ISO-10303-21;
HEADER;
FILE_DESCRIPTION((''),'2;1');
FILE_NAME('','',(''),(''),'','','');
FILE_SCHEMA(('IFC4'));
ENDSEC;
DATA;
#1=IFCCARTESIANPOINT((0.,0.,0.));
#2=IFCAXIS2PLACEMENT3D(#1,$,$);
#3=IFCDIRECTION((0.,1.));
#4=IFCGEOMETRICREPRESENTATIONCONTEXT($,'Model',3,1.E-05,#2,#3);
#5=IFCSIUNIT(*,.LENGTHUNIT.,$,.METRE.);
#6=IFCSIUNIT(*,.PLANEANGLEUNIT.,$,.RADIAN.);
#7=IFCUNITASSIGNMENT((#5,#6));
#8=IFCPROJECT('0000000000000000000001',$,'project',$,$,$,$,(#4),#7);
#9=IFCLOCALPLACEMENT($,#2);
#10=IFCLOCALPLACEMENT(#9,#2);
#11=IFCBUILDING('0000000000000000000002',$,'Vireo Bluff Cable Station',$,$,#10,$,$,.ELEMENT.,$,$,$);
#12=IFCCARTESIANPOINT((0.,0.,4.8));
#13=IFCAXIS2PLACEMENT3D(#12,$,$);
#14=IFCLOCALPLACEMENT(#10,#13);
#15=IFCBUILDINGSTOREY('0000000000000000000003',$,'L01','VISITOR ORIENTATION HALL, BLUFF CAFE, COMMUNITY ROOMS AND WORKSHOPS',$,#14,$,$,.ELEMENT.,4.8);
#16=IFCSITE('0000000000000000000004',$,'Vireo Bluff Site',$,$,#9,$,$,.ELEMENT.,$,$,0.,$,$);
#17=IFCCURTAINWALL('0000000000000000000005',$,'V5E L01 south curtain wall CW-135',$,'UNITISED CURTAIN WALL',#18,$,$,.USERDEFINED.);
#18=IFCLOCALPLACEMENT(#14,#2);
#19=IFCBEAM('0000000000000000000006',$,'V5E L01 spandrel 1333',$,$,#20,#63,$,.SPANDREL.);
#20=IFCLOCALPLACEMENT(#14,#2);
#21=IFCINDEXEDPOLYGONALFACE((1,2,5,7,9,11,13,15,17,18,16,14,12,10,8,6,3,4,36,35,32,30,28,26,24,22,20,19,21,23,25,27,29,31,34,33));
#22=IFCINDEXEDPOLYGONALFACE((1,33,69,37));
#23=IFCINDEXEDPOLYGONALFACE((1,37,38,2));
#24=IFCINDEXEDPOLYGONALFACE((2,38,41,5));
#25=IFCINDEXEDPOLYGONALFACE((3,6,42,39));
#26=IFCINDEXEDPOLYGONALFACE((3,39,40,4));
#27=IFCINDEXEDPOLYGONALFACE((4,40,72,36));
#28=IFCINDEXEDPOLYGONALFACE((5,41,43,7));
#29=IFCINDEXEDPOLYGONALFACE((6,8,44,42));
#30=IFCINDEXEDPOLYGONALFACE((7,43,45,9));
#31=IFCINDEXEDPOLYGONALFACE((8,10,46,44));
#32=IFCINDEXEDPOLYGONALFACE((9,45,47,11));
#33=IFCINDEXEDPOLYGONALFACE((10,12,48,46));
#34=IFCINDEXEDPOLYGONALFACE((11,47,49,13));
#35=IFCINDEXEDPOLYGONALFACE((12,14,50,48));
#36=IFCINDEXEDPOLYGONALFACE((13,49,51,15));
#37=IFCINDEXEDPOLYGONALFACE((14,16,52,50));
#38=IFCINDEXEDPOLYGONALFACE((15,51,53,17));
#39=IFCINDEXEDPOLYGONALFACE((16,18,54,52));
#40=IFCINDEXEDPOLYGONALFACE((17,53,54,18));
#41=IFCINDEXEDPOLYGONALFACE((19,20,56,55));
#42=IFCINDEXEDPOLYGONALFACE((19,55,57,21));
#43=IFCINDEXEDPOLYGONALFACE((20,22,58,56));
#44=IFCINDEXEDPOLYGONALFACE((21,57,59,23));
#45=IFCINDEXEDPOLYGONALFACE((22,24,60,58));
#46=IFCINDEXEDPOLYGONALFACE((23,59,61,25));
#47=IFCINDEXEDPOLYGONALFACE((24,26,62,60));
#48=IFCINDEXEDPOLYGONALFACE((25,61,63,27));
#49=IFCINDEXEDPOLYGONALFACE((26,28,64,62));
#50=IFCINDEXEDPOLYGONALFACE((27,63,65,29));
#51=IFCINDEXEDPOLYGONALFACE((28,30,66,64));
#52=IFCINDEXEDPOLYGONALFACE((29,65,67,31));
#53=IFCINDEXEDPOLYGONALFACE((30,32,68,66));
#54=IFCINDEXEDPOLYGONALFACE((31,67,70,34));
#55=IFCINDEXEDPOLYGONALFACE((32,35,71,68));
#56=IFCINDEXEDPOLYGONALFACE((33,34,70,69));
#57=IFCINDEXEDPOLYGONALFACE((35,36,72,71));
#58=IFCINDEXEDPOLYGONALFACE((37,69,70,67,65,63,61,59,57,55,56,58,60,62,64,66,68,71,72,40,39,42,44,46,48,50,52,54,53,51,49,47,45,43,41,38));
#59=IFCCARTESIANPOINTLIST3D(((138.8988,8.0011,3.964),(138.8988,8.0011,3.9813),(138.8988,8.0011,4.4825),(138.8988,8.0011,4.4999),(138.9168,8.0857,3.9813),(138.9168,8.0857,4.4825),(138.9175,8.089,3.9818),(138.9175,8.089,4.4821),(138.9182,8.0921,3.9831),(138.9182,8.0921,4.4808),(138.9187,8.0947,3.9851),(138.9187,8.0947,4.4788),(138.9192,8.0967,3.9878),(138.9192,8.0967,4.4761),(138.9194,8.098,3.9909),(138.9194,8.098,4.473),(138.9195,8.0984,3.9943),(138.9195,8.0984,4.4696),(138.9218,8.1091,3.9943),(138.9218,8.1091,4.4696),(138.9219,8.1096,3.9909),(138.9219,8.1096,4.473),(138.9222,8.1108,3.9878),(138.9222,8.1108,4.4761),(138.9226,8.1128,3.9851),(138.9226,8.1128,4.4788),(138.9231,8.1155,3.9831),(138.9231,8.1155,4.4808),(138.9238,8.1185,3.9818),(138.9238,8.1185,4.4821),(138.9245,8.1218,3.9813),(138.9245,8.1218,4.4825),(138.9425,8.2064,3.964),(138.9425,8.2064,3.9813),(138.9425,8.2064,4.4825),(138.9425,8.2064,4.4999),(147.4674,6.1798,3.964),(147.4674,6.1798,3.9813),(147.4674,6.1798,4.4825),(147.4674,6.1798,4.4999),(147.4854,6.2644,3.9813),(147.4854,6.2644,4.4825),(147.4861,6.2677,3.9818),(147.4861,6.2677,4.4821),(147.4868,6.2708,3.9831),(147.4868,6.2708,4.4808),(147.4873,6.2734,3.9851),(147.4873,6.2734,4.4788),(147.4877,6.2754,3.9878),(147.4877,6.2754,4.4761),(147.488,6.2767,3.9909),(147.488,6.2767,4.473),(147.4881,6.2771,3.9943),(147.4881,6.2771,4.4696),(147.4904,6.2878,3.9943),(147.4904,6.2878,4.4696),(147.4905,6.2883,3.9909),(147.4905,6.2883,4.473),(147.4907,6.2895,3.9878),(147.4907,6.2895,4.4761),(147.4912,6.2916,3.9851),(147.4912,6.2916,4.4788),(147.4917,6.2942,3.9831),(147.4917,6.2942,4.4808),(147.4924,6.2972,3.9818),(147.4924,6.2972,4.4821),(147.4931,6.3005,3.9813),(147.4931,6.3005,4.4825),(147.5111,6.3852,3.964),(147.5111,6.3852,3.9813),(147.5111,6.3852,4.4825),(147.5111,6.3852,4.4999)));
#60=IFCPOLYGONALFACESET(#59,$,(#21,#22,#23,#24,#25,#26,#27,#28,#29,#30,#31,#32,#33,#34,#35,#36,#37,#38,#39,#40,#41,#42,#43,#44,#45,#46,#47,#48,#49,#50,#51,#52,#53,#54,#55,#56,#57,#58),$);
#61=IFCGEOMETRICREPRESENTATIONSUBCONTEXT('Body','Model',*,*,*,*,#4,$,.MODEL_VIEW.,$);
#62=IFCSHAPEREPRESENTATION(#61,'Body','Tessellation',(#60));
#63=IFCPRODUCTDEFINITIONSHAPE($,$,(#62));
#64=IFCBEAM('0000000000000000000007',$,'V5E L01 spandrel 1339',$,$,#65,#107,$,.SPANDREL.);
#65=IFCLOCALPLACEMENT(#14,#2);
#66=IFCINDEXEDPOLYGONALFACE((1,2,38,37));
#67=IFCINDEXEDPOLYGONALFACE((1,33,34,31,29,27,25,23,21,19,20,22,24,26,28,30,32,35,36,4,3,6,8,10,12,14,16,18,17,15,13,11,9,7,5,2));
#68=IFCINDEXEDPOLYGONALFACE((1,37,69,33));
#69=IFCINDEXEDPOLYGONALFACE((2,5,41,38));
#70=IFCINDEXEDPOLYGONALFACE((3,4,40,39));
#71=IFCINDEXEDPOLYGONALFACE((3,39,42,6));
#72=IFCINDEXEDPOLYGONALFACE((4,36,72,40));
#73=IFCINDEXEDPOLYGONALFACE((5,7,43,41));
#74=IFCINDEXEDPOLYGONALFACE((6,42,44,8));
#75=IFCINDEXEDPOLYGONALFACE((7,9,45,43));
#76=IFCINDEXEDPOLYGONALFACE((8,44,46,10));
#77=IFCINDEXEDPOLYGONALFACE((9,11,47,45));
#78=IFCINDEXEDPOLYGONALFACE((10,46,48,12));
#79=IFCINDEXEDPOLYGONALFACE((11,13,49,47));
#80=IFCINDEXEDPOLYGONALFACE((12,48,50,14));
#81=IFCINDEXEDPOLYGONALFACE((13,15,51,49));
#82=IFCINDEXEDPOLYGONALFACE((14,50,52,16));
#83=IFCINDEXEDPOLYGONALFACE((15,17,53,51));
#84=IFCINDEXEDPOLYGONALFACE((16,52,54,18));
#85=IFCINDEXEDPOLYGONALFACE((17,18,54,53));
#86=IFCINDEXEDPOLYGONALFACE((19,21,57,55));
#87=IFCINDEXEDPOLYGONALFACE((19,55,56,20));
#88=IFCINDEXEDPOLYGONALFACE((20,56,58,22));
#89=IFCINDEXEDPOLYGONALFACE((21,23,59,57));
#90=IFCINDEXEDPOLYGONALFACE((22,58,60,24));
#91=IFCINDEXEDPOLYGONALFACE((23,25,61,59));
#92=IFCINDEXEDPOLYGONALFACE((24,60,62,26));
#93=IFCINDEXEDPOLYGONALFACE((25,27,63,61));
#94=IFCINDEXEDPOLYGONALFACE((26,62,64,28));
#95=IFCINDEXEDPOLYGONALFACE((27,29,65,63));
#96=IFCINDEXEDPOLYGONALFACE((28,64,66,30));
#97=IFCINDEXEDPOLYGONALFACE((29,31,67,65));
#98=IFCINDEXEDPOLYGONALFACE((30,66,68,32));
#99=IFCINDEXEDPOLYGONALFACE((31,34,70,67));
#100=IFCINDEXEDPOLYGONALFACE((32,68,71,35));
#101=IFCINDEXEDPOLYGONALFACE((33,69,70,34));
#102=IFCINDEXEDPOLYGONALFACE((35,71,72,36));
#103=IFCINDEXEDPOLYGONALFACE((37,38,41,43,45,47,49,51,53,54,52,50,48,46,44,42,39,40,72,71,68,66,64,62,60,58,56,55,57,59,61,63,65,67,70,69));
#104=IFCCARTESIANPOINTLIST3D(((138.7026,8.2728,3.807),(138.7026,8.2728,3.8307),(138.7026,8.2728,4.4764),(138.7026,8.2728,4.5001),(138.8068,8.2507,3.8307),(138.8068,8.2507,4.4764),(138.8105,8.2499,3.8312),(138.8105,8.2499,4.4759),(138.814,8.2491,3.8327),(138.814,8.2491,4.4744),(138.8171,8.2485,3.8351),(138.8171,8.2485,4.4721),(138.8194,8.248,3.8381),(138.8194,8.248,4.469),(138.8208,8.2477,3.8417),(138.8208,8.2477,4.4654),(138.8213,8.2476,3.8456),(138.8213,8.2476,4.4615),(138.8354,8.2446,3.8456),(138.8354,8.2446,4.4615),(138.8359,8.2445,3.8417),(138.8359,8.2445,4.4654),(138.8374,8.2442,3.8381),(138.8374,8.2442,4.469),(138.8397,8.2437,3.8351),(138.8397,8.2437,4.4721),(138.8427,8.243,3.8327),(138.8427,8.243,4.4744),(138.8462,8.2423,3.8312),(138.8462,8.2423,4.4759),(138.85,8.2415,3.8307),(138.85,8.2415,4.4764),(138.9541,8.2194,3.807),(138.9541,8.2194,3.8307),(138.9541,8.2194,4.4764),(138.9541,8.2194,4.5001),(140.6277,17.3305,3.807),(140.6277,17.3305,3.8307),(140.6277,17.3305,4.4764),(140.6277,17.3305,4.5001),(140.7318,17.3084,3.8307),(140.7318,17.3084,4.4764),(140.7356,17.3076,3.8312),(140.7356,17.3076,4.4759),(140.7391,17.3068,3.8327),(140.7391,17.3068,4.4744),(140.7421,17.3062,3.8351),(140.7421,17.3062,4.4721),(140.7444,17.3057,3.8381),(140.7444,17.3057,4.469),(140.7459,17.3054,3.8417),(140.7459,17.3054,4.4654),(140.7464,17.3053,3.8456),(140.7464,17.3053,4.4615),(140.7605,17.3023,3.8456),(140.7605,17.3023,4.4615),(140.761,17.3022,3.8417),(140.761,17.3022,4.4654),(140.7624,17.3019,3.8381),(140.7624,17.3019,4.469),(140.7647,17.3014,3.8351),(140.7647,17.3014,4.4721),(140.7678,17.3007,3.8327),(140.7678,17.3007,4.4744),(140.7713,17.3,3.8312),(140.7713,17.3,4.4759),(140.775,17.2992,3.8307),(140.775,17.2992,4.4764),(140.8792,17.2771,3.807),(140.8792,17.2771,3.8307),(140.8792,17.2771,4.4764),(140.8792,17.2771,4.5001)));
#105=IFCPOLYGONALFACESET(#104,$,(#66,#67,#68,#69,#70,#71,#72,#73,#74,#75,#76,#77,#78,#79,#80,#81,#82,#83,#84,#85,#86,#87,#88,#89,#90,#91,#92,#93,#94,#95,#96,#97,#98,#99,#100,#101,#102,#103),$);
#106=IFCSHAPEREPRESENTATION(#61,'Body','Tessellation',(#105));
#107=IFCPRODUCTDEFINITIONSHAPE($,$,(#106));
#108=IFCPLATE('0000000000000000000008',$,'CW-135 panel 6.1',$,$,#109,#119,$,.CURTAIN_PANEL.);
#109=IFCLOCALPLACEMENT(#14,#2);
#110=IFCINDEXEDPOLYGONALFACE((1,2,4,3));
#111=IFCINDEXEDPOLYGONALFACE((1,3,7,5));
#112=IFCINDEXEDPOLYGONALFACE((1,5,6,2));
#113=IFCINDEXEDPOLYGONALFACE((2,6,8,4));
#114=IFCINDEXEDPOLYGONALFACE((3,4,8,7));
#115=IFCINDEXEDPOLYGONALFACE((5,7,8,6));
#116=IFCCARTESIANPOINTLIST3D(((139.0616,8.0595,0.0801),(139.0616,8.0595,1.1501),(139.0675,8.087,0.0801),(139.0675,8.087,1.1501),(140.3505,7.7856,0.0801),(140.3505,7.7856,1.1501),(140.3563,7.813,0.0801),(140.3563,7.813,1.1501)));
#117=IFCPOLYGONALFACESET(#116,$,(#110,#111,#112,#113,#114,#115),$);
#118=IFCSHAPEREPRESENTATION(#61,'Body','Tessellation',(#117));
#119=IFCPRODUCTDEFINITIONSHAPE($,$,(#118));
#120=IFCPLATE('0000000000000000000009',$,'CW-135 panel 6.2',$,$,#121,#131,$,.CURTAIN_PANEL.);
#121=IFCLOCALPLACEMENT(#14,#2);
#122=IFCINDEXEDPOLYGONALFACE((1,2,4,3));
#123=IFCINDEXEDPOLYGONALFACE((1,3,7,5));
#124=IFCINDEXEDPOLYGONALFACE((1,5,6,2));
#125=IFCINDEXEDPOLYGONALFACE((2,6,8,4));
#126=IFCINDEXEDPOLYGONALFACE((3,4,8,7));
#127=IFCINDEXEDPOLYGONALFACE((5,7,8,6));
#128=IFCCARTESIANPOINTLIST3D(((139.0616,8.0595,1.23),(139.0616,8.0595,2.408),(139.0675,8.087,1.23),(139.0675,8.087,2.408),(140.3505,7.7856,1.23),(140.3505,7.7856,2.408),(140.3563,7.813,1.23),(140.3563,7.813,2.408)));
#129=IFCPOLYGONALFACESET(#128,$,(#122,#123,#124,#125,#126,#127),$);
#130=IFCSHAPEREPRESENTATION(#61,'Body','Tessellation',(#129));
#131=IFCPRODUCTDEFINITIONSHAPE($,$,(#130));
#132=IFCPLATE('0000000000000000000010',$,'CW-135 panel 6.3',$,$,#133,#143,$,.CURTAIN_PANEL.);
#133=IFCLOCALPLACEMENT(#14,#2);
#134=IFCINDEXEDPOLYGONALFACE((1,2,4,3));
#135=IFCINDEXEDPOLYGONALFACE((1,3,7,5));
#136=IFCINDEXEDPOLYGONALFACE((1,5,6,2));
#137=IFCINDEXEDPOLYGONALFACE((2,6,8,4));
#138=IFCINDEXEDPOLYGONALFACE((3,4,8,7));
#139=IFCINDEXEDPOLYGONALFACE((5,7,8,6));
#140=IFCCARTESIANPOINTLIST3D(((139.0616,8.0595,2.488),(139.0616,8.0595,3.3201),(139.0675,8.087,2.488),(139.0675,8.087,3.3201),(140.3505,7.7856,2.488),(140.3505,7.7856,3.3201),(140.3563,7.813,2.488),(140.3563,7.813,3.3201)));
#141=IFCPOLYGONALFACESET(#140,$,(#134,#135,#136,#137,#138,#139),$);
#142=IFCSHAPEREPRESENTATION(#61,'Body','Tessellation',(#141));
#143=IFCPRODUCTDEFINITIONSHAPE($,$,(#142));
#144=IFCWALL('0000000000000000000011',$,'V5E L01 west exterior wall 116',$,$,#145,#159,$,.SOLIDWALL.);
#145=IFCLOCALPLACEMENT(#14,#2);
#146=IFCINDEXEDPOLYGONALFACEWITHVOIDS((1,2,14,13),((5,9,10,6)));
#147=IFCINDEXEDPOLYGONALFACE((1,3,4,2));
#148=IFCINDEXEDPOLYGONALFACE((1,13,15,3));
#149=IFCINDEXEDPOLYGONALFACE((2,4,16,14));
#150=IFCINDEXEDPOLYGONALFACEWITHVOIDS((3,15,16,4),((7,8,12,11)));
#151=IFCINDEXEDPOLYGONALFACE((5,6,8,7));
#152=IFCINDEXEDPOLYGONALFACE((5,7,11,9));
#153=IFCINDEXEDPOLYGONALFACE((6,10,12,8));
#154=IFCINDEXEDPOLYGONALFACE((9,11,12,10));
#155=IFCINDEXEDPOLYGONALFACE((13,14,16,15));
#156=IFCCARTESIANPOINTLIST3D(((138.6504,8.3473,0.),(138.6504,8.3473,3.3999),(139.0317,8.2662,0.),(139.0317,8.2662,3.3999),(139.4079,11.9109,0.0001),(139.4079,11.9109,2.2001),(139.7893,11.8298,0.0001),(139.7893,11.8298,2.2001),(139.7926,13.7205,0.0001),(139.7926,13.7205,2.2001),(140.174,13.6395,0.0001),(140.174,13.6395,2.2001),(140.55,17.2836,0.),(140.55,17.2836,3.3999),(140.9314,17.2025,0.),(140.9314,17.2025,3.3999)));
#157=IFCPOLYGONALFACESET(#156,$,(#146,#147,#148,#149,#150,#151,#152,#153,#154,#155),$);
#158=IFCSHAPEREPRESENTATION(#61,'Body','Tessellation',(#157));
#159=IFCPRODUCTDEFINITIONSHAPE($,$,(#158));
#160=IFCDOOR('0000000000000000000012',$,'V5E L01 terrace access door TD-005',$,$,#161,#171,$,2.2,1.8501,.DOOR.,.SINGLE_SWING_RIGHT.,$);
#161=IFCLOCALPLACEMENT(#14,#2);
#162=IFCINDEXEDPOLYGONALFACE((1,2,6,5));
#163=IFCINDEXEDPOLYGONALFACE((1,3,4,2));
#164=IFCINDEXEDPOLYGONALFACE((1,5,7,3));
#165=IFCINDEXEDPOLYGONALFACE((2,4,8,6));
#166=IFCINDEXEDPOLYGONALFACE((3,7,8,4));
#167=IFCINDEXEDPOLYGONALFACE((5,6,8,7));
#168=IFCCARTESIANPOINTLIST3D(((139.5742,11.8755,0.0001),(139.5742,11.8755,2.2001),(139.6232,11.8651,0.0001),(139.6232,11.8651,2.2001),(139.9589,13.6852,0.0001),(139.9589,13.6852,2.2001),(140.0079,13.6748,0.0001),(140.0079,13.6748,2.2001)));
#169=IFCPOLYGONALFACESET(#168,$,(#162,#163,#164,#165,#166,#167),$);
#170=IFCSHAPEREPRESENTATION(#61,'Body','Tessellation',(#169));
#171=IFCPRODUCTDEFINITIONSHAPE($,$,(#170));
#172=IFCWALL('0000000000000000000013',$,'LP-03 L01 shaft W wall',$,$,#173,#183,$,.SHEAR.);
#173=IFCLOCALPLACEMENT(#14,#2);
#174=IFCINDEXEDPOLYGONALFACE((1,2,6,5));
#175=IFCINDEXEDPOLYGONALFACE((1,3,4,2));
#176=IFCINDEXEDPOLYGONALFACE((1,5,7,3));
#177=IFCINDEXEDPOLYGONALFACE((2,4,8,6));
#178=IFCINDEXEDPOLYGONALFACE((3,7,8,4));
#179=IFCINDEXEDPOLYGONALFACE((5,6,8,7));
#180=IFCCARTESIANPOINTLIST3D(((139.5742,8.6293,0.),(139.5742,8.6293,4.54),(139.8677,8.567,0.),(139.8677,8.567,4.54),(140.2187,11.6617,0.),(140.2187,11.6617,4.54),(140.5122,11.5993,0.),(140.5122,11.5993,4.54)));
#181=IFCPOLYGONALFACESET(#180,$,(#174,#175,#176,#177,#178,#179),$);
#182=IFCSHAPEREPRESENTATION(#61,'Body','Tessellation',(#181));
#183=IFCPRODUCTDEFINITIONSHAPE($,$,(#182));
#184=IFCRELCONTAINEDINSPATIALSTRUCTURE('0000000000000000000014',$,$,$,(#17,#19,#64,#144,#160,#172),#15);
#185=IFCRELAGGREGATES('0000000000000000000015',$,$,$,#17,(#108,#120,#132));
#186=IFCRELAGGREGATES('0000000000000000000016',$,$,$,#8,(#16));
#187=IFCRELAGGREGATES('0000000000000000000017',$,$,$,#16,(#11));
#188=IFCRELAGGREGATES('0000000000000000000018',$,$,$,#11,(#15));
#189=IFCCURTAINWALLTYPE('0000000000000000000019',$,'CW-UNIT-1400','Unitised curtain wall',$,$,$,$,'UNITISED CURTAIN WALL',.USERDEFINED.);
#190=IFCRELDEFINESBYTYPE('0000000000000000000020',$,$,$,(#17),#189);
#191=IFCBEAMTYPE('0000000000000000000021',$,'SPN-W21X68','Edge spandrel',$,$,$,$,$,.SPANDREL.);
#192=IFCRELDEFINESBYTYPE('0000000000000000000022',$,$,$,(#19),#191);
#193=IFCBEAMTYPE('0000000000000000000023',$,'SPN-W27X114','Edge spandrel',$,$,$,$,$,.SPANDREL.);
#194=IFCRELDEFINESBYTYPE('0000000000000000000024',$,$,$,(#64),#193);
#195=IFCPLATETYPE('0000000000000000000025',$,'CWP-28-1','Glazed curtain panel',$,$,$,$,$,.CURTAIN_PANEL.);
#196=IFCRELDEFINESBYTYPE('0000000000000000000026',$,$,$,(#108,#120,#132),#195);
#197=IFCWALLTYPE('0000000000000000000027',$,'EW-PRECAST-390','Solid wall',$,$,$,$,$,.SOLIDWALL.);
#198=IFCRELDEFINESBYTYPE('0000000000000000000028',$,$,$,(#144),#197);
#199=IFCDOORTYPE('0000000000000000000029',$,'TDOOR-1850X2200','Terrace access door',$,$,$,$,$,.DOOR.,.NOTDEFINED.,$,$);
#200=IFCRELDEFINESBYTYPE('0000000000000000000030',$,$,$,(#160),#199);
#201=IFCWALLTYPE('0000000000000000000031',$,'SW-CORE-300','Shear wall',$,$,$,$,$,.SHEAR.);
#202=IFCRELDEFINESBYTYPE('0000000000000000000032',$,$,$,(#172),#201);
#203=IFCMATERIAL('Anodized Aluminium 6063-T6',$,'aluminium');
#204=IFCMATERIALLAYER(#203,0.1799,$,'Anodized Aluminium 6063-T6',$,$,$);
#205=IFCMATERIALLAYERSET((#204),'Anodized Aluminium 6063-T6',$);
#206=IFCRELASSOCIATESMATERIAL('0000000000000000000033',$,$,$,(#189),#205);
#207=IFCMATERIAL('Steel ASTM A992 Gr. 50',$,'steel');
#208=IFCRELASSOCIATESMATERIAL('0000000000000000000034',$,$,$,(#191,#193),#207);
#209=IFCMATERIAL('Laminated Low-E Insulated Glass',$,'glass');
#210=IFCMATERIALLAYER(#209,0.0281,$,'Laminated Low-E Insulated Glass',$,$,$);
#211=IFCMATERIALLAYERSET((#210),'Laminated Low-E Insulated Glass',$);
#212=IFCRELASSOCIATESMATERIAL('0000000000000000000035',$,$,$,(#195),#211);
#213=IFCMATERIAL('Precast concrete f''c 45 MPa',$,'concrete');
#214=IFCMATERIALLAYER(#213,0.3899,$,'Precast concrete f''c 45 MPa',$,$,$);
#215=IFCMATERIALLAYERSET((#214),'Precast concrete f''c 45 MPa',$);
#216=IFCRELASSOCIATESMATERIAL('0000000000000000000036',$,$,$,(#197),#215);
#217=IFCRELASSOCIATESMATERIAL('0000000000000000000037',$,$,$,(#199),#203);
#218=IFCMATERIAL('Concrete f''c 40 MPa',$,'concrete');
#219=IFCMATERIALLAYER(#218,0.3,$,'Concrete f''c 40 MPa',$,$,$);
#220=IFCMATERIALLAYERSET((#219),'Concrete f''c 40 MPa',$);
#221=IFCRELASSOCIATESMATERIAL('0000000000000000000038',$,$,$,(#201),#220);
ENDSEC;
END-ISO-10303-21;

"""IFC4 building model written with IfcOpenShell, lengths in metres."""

from ifc_helpers import new_model, si_unit, direction, frame, frame_2d, origin, origin_with_axes, origin_2d, place, context, subcontext, project, spatial, rectangle, i_section, extrude, material, layer, layer_set, material_profile, profile_set, type_object, element, fill, aggregate, save


model = new_model("IFC4")

# Units and contexts
model_context = context("Model", 3, precision=1e-05, world=origin(), true_north=direction((0.0, 1.0)))
body_context = subcontext(model_context, "Body", "Model", "MODEL_VIEW")
ifc_project = project(units=[si_unit("LENGTHUNIT", "METRE"), si_unit("PLANEANGLEUNIT", "RADIAN")], contexts=[model_context])

# Site, building, storey
site_placement = place(None, origin())
site = spatial("IfcSite", under=ifc_project, at=site_placement, Name="Vireo Bluff Site", CompositionType="ELEMENT", RefElevation=0.0)
building_placement = place(site_placement, origin())
building = spatial("IfcBuilding", under=site, at=building_placement, Name="Vireo Bluff Cable Station", CompositionType="ELEMENT")
storey_placement = place(building_placement, frame((0.0, 0.0, 4.8)))
storey = spatial("IfcBuildingStorey", under=building, at=storey_placement, Name="L01", Description="VISITOR ORIENTATION HALL, BLUFF CAFE, COMMUNITY ROOMS AND WORKSHOPS", CompositionType="ELEMENT", Elevation=4.8)

# Shared definitions
ifc_material_1 = material(Name="Steel ASTM A992 Gr. 50", Category="steel")

# Curtain wall
ifc_material_2 = material(Name="Anodized Aluminium 6063-T6", Category="aluminium")
ifc_layer_1 = layer(ifc_material_2, 0.1799, Name="Anodized Aluminium 6063-T6")
ifc_layer_set_1 = layer_set([ifc_layer_1], Name="Anodized Aluminium 6063-T6")
curtain_wall_type = type_object("IfcCurtainWallType", Name="CW-UNIT-1400", Description="Unitised curtain wall", ElementType="UNITISED CURTAIN WALL", PredefinedType="USERDEFINED", material=ifc_layer_set_1)
curtain_wall_placement = place(storey_placement, origin())
curtain_wall = element("IfcCurtainWall", 1, at=curtain_wall_placement, inside=storey, type_object=curtain_wall_type, Name="V5E L01 south curtain wall CW-135", ObjectType="UNITISED CURTAIN WALL", PredefinedType="USERDEFINED")

# Beams
ifc_material_profile_1 = material_profile(ifc_material_1, i_section(OverallWidth=0.21, OverallDepth=0.5359, WebThickness=0.011, FlangeThickness=0.0173, FilletRadius=0.0129, at=origin_2d()), Name="W21X68")
ifc_profile_set_1 = profile_set([ifc_material_profile_1], Name="Steel ASTM A992 Gr. 50")
beam_type_1 = type_object("IfcBeamType", Name="SPN-W21X68", Description="Edge spandrel", PredefinedType="SPANDREL", material=ifc_profile_set_1)
beam_1_placement = place(storey_placement, frame((138.9207, 8.1038, 4.2319), z_axis=(0.978148, -0.207909, 0.0), x_axis=(0.207909, 0.978148, 0.0)))
element("IfcBeam", 2, at=beam_1_placement, inside=storey, type_object=beam_type_1, Name="V5E L01 spandrel 1333", PredefinedType="SPANDREL", context=body_context, shape_type="SweptSolid", body=[
    extrude(i_section(OverallWidth=0.21, OverallDepth=0.5359, WebThickness=0.011, FlangeThickness=0.0173, FilletRadius=0.0129, at=origin_2d()), origin(), (0.0, 0.0, 1.0), 8.76),
])
ifc_material_profile_2 = material_profile(ifc_material_1, i_section(OverallWidth=0.2571, OverallDepth=0.6931, WebThickness=0.0144, FlangeThickness=0.0237, FilletRadius=0.0149, at=origin_2d()), Name="W27X114")
ifc_profile_set_2 = profile_set([ifc_material_profile_2], Name="Steel ASTM A992 Gr. 50")
beam_type_2 = type_object("IfcBeamType", Name="SPN-W27X114", Description="Edge spandrel", PredefinedType="SPANDREL", material=ifc_profile_set_2)
beam_2_placement = place(storey_placement, frame((138.8284, 8.2461, 4.1536), z_axis=(0.20789, 0.978152, 0.0), x_axis=(-0.978152, 0.20789, 0.0)))
element("IfcBeam", 3, at=beam_2_placement, inside=storey, type_object=beam_type_2, Name="V5E L01 spandrel 1339", PredefinedType="SPANDREL", context=body_context, shape_type="SweptSolid", body=[
    extrude(i_section(OverallWidth=0.2571, OverallDepth=0.6931, WebThickness=0.0144, FlangeThickness=0.0237, FilletRadius=0.0149, at=origin_2d()), origin(), (0.0, 0.0, 1.0), 9.26),
])

# Plates
ifc_material_3 = material(Name="Laminated Low-E Insulated Glass", Category="glass")
ifc_layer_2 = layer(ifc_material_3, 0.0281, Name="Laminated Low-E Insulated Glass")
ifc_layer_set_2 = layer_set([ifc_layer_2], Name="Laminated Low-E Insulated Glass")
plate_type = type_object("IfcPlateType", Name="CWP-28-1", Description="Glazed curtain panel", PredefinedType="CURTAIN_PANEL", material=ifc_layer_set_2)
plate_1_placement = place(storey_placement, frame((139.709, 7.9363, 0.0801), z_axis=(0.0, 0.0, 1.0), x_axis=(-0.978148, 0.207912, 0.0)))
plate_1 = element("IfcPlate", 4, at=plate_1_placement, type_object=plate_type, Name="CW-135 panel 6.1", PredefinedType="CURTAIN_PANEL", context=body_context, shape_type="SweptSolid", body=[
    extrude(rectangle(XDim=1.3176, YDim=0.0281, at=origin_2d()), origin(), (0.0, 0.0, 1.0), 1.0701),
])
plate_2_placement = place(storey_placement, frame((139.709, 7.9363, 1.23), z_axis=(0.0, 0.0, 1.0), x_axis=(-0.978148, 0.207912, 0.0)))
plate_2 = element("IfcPlate", 5, at=plate_2_placement, type_object=plate_type, Name="CW-135 panel 6.2", PredefinedType="CURTAIN_PANEL", context=body_context, shape_type="SweptSolid", body=[
    extrude(rectangle(XDim=1.3176, YDim=0.0281, at=origin_2d()), origin(), (0.0, 0.0, 1.0), 1.178),
])
plate_3_placement = place(storey_placement, frame((139.709, 7.9363, 2.488), z_axis=(0.0, 0.0, 1.0), x_axis=(-0.978148, 0.207912, 0.0)))
plate_3 = element("IfcPlate", 6, at=plate_3_placement, type_object=plate_type, Name="CW-135 panel 6.3", PredefinedType="CURTAIN_PANEL", context=body_context, shape_type="SweptSolid", body=[
    extrude(rectangle(XDim=1.3176, YDim=0.0281, at=origin_2d()), origin(), (0.0, 0.0, 1.0), 0.832),
])
aggregate(curtain_wall, [plate_1, plate_2, plate_3])

# Wall, opening, door
ifc_material_4 = material(Name="Precast concrete f'c 45 MPa", Category="concrete")
ifc_layer_3 = layer(ifc_material_4, 0.3899, Name="Precast concrete f'c 45 MPa")
ifc_layer_set_3 = layer_set([ifc_layer_3], Name="Precast concrete f'c 45 MPa")
wall_type_1 = type_object("IfcWallType", Name="EW-PRECAST-390", Description="Solid wall", PredefinedType="SOLIDWALL", material=ifc_layer_set_3)
wall_1_placement = place(storey_placement, frame((138.8411, 8.3069, 0.0), z_axis=(0.0, 0.0, 1.0), x_axis=(0.207932, 0.978143, 0.0)))
wall_1 = element("IfcWall", 7, at=wall_1_placement, inside=storey, type_object=wall_type_1, Name="V5E L01 west exterior wall 116", PredefinedType="SOLIDWALL", context=body_context, shape_type="SweptSolid", body=[
    extrude(rectangle(XDim=9.136, YDim=0.3899, at=frame_2d((4.5679, 0.0))), origin(), (0.0, 0.0, 1.0), 3.3999),
])
opening_1_placement = place(wall_1_placement, frame((3.6431, 0.0, 0.0)))
opening_1 = element("IfcOpeningElement", 8, at=opening_1_placement, cuts=wall_1, PredefinedType="OPENING", context=body_context, shape_type="SweptSolid", body=[
    extrude(rectangle(XDim=1.8501, YDim=2.2, at=frame_2d((0.925, 1.1001))), frame((0.0, 0.2051, 0.0), z_axis=(0.0, -1.0, 0.0), x_axis=(1.0, 0.0, 0.0)), (0.0, 0.0, 1.0), 0.4099),
])
door_type_1 = type_object("IfcDoorType", Name="TDOOR-1850X2200", Description="Terrace access door", OperationType="NOTDEFINED", PredefinedType="DOOR", material=ifc_material_2)
door_1_placement = place(opening_1_placement, origin_with_axes())
door_1 = element("IfcDoor", 9, at=door_1_placement, inside=storey, type_object=door_type_1, Name="V5E L01 terrace access door TD-005", OperationType="SINGLE_SWING_RIGHT", OverallHeight=2.2, OverallWidth=1.8501, PredefinedType="DOOR", context=body_context, shape_type="SweptSolid", body=[
    extrude(rectangle(XDim=1.8501, YDim=2.2, at=frame_2d((0.925, 1.1001))), frame((0.0, 0.0249, 0.0), z_axis=(0.0, -1.0, 0.0), x_axis=(1.0, 0.0, 0.0)), (0.0, 0.0, 1.0), 0.05),
])
fill(opening_1, door_1)

# Wall
ifc_material_5 = material(Name="Concrete f'c 40 MPa", Category="concrete")
ifc_layer_4 = layer(ifc_material_5, 0.3, Name="Concrete f'c 40 MPa")
ifc_layer_set_4 = layer_set([ifc_layer_4], Name="Concrete f'c 40 MPa")
wall_type_2 = type_object("IfcWallType", Name="SW-CORE-300", Description="Shear wall", PredefinedType="SHEAR", material=ifc_layer_set_4)
wall_2_placement = place(storey_placement, frame((139.7209, 8.5981, 0.0), z_axis=(0.0, 0.0, 1.0), x_axis=(0.207899, 0.97815, 0.0)))
element("IfcWall", 10, at=wall_2_placement, inside=storey, type_object=wall_type_2, Name="LP-03 L01 shaft W wall", PredefinedType="SHEAR", context=body_context, shape_type="SweptSolid", body=[
    extrude(rectangle(XDim=3.1001, YDim=0.3, at=frame_2d((1.55, 0.0))), origin(), (0.0, 0.0, 1.0), 4.54),
])

save(model, "model.ifc")
